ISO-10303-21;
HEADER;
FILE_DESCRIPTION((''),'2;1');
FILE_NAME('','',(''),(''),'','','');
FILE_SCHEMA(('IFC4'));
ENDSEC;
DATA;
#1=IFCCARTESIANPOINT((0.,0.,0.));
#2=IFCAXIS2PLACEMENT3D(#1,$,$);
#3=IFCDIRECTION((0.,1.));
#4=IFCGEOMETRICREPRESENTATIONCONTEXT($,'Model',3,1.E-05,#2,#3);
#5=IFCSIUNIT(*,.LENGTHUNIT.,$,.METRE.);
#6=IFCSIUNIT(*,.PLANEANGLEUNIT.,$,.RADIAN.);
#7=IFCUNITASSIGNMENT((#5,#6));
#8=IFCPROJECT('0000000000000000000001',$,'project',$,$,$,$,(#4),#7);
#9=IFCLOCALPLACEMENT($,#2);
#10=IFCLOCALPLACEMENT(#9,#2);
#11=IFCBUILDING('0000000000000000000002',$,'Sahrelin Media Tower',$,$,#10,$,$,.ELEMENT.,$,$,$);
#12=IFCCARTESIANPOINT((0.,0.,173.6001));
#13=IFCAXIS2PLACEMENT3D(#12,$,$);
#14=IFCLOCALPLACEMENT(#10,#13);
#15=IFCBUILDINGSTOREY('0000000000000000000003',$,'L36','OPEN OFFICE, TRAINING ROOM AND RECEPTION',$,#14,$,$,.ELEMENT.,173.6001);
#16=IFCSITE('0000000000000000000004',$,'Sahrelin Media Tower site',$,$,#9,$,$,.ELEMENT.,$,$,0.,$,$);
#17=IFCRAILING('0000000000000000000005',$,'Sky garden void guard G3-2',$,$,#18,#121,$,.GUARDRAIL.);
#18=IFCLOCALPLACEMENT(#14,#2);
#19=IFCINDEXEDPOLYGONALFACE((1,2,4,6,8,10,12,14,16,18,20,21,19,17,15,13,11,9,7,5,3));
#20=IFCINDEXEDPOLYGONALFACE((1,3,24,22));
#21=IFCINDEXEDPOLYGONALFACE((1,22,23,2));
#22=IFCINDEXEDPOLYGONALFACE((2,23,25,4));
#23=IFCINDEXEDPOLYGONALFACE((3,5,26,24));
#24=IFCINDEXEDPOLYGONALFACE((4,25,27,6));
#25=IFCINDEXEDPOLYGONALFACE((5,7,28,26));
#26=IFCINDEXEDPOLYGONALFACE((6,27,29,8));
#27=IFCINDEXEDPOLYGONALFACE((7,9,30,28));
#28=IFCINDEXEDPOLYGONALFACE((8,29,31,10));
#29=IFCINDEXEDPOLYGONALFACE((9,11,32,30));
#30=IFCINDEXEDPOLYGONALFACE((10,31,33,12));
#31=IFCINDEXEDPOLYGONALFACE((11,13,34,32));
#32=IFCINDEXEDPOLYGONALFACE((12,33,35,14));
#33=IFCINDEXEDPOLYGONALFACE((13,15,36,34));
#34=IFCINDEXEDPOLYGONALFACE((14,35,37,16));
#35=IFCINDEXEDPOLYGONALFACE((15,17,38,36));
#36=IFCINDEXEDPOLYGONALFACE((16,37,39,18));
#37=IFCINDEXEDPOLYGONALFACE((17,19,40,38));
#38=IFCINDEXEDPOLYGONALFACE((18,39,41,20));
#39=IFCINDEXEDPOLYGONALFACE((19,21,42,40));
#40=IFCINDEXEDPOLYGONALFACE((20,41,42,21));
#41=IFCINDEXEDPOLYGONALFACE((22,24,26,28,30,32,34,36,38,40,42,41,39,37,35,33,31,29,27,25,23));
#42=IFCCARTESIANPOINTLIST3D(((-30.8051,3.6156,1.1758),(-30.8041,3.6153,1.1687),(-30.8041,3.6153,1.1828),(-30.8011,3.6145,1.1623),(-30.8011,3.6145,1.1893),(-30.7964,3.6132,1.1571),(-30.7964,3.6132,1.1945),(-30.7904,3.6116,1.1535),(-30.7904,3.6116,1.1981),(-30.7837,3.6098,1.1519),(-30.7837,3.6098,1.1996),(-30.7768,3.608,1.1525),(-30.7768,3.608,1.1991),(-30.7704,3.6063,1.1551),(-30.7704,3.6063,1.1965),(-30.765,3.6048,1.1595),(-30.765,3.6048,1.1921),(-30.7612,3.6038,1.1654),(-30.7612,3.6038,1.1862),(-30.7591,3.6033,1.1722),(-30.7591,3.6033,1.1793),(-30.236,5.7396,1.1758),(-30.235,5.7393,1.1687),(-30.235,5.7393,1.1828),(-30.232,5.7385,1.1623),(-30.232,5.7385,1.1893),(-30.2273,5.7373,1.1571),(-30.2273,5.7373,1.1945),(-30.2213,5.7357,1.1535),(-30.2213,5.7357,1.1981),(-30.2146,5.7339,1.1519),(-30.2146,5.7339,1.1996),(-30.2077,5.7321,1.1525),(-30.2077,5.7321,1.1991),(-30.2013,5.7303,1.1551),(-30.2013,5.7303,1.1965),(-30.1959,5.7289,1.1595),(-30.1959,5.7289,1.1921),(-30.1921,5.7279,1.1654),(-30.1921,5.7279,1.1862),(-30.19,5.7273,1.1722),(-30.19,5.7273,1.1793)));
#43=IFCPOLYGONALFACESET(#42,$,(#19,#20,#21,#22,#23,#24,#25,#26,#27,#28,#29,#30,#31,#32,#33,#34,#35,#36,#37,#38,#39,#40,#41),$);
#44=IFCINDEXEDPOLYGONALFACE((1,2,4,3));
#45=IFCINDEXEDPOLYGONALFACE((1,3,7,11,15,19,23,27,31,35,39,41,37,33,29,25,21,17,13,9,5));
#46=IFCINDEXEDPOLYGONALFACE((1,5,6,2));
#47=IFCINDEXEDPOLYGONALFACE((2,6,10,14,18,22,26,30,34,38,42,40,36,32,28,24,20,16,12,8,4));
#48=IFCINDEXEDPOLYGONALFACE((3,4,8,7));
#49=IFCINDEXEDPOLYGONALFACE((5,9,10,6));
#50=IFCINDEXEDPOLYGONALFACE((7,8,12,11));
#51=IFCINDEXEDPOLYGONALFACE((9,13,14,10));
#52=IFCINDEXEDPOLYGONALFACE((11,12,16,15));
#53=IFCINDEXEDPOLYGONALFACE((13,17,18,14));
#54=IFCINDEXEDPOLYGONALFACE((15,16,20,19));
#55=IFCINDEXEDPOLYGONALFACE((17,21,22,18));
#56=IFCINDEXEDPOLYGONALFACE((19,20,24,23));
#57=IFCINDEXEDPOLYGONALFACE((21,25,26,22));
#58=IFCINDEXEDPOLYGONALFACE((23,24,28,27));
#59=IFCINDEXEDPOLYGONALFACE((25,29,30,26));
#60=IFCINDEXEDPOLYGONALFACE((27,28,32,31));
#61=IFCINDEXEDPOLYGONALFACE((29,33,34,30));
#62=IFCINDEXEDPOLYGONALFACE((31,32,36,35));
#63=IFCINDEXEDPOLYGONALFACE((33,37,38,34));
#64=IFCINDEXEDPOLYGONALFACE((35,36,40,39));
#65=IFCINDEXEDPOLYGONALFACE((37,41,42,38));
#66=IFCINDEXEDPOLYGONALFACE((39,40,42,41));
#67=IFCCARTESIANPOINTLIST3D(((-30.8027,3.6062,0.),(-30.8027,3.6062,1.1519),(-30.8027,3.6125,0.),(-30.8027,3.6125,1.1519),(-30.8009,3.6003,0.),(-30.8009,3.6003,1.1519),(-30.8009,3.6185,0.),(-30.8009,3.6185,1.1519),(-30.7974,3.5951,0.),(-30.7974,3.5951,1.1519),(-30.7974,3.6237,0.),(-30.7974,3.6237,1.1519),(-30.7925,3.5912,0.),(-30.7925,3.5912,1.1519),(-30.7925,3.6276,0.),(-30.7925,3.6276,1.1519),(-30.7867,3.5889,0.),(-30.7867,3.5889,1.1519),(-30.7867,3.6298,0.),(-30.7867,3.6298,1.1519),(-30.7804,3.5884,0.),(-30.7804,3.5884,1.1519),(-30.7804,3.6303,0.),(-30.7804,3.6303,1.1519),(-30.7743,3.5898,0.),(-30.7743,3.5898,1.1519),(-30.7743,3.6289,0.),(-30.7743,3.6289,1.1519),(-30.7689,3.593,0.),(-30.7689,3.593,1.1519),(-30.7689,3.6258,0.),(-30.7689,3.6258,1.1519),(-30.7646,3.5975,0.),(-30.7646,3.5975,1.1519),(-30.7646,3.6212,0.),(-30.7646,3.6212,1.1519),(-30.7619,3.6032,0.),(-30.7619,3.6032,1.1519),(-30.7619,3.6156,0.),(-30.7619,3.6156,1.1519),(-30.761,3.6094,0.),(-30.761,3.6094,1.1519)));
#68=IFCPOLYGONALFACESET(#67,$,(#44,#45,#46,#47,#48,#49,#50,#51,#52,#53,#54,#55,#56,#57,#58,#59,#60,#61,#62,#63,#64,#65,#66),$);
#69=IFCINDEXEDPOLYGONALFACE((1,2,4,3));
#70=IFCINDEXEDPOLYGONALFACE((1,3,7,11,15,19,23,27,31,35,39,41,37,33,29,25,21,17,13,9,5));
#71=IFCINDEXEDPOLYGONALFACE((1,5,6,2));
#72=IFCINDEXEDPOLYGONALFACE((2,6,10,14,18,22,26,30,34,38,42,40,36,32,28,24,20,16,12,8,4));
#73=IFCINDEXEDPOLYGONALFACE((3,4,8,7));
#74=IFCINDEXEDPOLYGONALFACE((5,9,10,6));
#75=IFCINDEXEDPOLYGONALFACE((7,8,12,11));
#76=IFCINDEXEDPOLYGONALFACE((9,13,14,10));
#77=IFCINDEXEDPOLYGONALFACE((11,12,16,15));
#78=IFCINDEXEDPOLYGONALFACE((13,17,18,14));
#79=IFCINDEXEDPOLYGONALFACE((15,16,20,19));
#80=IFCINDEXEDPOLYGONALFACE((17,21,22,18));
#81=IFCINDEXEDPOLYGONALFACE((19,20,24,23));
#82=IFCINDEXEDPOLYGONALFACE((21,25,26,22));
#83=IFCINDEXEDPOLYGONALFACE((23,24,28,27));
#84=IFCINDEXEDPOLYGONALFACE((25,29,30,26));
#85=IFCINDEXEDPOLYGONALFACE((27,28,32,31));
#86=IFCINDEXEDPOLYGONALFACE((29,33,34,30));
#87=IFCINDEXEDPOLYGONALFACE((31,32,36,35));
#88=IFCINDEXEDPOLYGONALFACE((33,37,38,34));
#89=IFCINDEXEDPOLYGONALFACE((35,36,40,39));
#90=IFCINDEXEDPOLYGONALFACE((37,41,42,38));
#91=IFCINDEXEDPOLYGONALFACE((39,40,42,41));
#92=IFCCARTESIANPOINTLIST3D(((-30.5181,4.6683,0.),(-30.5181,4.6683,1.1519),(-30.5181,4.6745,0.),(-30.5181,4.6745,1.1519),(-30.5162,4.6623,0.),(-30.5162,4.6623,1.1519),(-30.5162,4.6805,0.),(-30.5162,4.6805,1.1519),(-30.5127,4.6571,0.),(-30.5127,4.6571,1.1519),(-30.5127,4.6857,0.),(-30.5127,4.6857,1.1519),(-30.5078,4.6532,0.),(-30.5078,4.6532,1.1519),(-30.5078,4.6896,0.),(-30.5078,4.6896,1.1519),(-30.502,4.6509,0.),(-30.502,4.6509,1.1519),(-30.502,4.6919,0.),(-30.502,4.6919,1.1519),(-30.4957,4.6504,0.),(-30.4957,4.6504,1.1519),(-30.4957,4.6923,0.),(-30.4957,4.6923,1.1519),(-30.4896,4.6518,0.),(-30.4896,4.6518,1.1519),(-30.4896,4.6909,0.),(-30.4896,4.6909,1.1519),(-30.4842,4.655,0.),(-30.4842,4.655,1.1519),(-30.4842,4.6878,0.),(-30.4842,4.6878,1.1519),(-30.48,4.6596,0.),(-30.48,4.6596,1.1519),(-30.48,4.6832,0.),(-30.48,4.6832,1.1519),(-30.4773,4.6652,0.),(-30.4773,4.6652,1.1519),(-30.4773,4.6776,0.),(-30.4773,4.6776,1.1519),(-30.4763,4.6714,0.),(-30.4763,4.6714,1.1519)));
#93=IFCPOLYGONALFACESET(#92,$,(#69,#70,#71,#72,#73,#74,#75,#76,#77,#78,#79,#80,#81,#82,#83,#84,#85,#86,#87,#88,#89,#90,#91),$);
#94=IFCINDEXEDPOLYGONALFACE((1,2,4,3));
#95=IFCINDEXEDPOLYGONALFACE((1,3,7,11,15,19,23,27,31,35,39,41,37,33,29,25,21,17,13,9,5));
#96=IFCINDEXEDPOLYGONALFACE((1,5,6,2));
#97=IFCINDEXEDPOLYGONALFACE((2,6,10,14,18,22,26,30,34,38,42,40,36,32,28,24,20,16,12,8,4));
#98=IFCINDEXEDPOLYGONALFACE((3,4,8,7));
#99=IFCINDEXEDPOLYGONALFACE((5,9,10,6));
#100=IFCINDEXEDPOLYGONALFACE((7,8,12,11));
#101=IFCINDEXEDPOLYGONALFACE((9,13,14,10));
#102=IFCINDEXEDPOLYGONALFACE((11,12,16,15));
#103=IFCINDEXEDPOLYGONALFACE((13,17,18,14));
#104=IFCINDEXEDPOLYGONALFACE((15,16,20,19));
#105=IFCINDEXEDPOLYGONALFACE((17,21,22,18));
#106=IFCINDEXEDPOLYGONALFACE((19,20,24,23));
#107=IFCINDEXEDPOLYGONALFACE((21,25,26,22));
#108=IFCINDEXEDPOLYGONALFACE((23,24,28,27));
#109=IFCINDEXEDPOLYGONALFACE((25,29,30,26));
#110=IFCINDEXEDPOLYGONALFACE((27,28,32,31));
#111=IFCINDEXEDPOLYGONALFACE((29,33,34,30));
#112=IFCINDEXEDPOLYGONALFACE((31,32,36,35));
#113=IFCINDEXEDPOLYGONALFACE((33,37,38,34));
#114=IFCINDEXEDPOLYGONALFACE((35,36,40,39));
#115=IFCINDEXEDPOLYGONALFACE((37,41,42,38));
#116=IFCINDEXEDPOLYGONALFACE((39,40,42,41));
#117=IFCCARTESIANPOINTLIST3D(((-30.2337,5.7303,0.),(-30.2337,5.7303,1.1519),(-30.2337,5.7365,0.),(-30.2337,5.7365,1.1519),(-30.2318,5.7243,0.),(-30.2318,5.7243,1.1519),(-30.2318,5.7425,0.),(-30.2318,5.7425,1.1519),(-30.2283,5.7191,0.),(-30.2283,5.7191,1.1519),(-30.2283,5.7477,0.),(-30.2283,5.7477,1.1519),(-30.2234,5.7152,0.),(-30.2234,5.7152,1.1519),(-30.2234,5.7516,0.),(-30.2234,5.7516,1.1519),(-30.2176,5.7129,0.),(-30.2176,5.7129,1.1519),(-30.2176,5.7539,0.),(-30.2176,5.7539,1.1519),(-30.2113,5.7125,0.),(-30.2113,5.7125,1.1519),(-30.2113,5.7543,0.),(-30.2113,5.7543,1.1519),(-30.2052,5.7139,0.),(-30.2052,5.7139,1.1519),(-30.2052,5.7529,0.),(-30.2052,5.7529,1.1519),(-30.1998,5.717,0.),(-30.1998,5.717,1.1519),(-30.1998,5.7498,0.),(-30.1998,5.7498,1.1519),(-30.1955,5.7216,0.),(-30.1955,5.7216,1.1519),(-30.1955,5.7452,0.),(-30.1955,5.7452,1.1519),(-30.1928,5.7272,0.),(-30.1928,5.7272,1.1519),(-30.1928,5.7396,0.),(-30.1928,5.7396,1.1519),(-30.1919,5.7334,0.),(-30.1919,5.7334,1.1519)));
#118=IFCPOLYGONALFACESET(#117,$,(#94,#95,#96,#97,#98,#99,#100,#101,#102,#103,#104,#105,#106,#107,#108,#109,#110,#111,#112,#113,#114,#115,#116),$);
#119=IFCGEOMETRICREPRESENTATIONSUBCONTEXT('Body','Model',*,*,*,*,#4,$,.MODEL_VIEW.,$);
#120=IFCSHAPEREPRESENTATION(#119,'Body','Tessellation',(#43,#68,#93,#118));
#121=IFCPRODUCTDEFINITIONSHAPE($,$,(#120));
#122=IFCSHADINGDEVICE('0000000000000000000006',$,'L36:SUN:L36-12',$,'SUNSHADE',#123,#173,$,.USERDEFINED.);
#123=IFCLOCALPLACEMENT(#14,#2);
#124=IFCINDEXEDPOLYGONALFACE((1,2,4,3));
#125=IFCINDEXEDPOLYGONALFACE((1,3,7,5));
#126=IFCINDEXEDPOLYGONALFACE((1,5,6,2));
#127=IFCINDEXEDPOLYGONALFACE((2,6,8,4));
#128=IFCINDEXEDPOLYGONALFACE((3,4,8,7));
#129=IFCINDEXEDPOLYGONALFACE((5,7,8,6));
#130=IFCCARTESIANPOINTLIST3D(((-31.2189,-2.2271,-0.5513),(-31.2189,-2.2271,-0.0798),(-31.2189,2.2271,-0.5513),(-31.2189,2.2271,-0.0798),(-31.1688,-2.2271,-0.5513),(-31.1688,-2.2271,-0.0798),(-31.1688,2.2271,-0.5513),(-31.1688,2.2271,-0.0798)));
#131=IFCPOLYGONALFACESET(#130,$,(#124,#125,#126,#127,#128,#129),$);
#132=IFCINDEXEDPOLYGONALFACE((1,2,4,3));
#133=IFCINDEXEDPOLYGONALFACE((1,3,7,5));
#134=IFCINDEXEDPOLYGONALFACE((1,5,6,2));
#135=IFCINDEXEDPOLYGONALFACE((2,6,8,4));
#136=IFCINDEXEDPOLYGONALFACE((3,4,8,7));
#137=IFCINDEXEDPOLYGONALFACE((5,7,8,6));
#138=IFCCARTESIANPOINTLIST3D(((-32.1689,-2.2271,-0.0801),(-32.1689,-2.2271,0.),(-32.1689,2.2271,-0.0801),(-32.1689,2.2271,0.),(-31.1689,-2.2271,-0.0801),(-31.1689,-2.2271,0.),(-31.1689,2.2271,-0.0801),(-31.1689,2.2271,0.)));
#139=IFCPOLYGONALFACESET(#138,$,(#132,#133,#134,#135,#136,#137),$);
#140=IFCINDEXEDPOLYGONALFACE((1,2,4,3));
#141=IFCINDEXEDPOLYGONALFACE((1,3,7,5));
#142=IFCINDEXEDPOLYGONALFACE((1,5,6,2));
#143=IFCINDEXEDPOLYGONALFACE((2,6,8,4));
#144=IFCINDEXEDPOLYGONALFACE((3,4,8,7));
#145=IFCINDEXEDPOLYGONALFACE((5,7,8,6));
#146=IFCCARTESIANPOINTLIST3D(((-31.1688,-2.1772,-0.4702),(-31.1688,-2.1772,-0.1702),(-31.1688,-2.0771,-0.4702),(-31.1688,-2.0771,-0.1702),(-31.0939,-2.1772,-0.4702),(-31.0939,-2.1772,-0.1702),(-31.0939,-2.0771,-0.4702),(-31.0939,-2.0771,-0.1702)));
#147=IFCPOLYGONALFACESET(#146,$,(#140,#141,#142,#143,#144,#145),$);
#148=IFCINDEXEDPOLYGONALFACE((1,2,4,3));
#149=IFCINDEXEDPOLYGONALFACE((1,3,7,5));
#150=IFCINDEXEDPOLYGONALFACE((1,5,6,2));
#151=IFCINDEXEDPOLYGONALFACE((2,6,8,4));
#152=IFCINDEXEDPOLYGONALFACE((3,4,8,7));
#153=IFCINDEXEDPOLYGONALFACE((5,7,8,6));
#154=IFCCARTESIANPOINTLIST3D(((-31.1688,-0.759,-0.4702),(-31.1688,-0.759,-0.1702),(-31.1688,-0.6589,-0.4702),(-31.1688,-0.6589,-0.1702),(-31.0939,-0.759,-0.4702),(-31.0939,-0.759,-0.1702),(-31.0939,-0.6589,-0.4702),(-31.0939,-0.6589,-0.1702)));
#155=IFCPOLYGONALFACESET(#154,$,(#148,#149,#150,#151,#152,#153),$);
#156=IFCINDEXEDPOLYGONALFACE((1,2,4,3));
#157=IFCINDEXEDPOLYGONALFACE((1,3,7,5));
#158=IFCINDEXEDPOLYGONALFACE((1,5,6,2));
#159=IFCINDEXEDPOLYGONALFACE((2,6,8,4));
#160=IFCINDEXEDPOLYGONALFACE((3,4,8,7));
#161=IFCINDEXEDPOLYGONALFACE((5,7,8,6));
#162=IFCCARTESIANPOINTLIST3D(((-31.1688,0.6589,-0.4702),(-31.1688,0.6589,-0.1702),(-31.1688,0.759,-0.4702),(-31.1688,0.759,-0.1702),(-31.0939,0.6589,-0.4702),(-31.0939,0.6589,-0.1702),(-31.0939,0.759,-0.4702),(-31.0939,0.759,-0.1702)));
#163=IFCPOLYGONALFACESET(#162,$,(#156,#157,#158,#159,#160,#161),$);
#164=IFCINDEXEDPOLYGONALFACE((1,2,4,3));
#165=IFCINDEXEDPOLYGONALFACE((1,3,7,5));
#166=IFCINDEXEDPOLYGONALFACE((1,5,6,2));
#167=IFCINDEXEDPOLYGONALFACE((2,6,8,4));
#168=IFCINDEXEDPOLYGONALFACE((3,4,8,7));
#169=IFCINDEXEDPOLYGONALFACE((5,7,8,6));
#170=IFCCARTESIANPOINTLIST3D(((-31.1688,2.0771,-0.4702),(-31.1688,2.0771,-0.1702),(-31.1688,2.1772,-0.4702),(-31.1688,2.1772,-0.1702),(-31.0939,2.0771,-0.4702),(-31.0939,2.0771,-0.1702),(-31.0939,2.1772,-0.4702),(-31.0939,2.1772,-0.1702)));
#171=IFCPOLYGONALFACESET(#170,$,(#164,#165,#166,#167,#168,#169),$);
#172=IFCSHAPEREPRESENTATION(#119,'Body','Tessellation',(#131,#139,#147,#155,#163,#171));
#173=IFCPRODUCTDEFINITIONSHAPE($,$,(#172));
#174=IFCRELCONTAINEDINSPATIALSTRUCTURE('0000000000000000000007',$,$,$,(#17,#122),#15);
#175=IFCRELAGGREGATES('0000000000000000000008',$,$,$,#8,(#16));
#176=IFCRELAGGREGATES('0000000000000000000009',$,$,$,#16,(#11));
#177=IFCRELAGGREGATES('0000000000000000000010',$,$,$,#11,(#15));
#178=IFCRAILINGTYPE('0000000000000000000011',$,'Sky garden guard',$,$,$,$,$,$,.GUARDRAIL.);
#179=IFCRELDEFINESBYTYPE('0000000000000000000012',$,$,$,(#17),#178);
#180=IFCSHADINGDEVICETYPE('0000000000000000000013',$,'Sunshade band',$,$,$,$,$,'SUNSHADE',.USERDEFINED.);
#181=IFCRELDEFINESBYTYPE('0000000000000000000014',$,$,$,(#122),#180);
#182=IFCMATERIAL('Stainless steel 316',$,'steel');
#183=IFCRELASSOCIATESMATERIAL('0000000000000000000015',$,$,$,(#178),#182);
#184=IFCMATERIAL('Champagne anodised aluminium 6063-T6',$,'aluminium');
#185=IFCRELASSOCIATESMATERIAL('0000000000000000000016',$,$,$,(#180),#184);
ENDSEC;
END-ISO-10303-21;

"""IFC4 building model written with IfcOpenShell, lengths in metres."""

from ifc_helpers import new_model, si_unit, direction, frame, origin, origin_2d, place, context, subcontext, project, spatial, rectangle, circle, extrude, material, type_object, element, save


model = new_model("IFC4")

# Units and contexts
model_context = context("Model", 3, precision=1e-05, world=origin(), true_north=direction((0.0, 1.0)))
body_context = subcontext(model_context, "Body", "Model", "MODEL_VIEW")
ifc_project = project(units=[si_unit("LENGTHUNIT", "METRE"), si_unit("PLANEANGLEUNIT", "RADIAN")], contexts=[model_context])

# Site, building, storey
site_placement = place(None, origin())
site = spatial("IfcSite", under=ifc_project, at=site_placement, Name="Sahrelin Media Tower site", CompositionType="ELEMENT", RefElevation=0.0)
building_placement = place(site_placement, origin())
building = spatial("IfcBuilding", under=site, at=building_placement, Name="Sahrelin Media Tower", CompositionType="ELEMENT")
storey_placement = place(building_placement, frame((0.0, 0.0, 173.6001)))
storey = spatial("IfcBuildingStorey", under=building, at=storey_placement, Name="L36", Description="OPEN OFFICE, TRAINING ROOM AND RECEPTION", CompositionType="ELEMENT", Elevation=173.6001)

# Shared definitions
ifc_material_1 = material(Name="Champagne anodised aluminium 6063-T6", Category="aluminium")

# Shared definitions
placement = place(storey_placement, frame((-31.1489, 0.0, 0.0), z_axis=(0.0, 0.0, 1.0), x_axis=(0.0, 1.0, 0.0)))

# Railing
ifc_material_2 = material(Name="Stainless steel 316", Category="steel")
railing_type = type_object("IfcRailingType", Name="Sky garden guard", PredefinedType="GUARDRAIL", material=ifc_material_2)
railing_placement = place(storey_placement, frame((-30.782, 3.6094, 0.0)))
element("IfcRailing", 1, at=railing_placement, inside=storey, type_object=railing_type, Name="Sky garden void guard G3-2", PredefinedType="GUARDRAIL", context=body_context, shape_type="SweptSolid", body=[
    extrude(circle(Radius=0.0239, at=origin_2d()), frame((0.0, 0.0, 1.1758), z_axis=(0.258803, 0.96593, 0.0), x_axis=(-0.96593, 0.258803, 0.0)), (0.0, 0.0, 1.0), 2.199),
    extrude(circle(Radius=0.021, at=origin_2d()), origin(), (0.0, 0.0, 1.0), 1.1519),
    extrude(circle(Radius=0.021, at=origin_2d()), frame((0.2847, 1.062, 0.0)), (0.0, 0.0, 1.0), 1.1519),
    extrude(circle(Radius=0.021, at=origin_2d()), frame((0.5691, 2.124, 0.0)), (0.0, 0.0, 1.0), 1.1519),
])

# Shading device
shading_device_type_1 = type_object("IfcShadingDeviceType", Name="Sunshade band", ElementType="SUNSHADE", PredefinedType="USERDEFINED", material=ifc_material_1)
element("IfcShadingDevice", 2, at=placement, inside=storey, type_object=shading_device_type_1, Name="L36:SUN:L36-12", ObjectType="SUNSHADE", PredefinedType="USERDEFINED", context=body_context, shape_type="SweptSolid", body=[
    extrude(rectangle(XDim=4.4541, YDim=0.05, at=origin_2d()), frame((0.0, 0.0449, -0.5513)), (0.0, 0.0, 1.0), 0.4714),
    extrude(rectangle(XDim=4.4541, YDim=1.0, at=origin_2d()), frame((0.0, 0.52, -0.0801)), (0.0, 0.0, 1.0), 0.0801),
    extrude(rectangle(XDim=0.1001, YDim=0.075, at=origin_2d()), frame((-2.1272, -0.0176, -0.4702)), (0.0, 0.0, 1.0), 0.3),
    extrude(rectangle(XDim=0.1001, YDim=0.075, at=origin_2d()), frame((-0.709, -0.0176, -0.4702)), (0.0, 0.0, 1.0), 0.3),
    extrude(rectangle(XDim=0.1001, YDim=0.075, at=origin_2d()), frame((0.709, -0.0176, -0.4702)), (0.0, 0.0, 1.0), 0.3),
    extrude(rectangle(XDim=0.1001, YDim=0.075, at=origin_2d()), frame((2.1272, -0.0176, -0.4702)), (0.0, 0.0, 1.0), 0.3),
])

save(model, "model.ifc")
